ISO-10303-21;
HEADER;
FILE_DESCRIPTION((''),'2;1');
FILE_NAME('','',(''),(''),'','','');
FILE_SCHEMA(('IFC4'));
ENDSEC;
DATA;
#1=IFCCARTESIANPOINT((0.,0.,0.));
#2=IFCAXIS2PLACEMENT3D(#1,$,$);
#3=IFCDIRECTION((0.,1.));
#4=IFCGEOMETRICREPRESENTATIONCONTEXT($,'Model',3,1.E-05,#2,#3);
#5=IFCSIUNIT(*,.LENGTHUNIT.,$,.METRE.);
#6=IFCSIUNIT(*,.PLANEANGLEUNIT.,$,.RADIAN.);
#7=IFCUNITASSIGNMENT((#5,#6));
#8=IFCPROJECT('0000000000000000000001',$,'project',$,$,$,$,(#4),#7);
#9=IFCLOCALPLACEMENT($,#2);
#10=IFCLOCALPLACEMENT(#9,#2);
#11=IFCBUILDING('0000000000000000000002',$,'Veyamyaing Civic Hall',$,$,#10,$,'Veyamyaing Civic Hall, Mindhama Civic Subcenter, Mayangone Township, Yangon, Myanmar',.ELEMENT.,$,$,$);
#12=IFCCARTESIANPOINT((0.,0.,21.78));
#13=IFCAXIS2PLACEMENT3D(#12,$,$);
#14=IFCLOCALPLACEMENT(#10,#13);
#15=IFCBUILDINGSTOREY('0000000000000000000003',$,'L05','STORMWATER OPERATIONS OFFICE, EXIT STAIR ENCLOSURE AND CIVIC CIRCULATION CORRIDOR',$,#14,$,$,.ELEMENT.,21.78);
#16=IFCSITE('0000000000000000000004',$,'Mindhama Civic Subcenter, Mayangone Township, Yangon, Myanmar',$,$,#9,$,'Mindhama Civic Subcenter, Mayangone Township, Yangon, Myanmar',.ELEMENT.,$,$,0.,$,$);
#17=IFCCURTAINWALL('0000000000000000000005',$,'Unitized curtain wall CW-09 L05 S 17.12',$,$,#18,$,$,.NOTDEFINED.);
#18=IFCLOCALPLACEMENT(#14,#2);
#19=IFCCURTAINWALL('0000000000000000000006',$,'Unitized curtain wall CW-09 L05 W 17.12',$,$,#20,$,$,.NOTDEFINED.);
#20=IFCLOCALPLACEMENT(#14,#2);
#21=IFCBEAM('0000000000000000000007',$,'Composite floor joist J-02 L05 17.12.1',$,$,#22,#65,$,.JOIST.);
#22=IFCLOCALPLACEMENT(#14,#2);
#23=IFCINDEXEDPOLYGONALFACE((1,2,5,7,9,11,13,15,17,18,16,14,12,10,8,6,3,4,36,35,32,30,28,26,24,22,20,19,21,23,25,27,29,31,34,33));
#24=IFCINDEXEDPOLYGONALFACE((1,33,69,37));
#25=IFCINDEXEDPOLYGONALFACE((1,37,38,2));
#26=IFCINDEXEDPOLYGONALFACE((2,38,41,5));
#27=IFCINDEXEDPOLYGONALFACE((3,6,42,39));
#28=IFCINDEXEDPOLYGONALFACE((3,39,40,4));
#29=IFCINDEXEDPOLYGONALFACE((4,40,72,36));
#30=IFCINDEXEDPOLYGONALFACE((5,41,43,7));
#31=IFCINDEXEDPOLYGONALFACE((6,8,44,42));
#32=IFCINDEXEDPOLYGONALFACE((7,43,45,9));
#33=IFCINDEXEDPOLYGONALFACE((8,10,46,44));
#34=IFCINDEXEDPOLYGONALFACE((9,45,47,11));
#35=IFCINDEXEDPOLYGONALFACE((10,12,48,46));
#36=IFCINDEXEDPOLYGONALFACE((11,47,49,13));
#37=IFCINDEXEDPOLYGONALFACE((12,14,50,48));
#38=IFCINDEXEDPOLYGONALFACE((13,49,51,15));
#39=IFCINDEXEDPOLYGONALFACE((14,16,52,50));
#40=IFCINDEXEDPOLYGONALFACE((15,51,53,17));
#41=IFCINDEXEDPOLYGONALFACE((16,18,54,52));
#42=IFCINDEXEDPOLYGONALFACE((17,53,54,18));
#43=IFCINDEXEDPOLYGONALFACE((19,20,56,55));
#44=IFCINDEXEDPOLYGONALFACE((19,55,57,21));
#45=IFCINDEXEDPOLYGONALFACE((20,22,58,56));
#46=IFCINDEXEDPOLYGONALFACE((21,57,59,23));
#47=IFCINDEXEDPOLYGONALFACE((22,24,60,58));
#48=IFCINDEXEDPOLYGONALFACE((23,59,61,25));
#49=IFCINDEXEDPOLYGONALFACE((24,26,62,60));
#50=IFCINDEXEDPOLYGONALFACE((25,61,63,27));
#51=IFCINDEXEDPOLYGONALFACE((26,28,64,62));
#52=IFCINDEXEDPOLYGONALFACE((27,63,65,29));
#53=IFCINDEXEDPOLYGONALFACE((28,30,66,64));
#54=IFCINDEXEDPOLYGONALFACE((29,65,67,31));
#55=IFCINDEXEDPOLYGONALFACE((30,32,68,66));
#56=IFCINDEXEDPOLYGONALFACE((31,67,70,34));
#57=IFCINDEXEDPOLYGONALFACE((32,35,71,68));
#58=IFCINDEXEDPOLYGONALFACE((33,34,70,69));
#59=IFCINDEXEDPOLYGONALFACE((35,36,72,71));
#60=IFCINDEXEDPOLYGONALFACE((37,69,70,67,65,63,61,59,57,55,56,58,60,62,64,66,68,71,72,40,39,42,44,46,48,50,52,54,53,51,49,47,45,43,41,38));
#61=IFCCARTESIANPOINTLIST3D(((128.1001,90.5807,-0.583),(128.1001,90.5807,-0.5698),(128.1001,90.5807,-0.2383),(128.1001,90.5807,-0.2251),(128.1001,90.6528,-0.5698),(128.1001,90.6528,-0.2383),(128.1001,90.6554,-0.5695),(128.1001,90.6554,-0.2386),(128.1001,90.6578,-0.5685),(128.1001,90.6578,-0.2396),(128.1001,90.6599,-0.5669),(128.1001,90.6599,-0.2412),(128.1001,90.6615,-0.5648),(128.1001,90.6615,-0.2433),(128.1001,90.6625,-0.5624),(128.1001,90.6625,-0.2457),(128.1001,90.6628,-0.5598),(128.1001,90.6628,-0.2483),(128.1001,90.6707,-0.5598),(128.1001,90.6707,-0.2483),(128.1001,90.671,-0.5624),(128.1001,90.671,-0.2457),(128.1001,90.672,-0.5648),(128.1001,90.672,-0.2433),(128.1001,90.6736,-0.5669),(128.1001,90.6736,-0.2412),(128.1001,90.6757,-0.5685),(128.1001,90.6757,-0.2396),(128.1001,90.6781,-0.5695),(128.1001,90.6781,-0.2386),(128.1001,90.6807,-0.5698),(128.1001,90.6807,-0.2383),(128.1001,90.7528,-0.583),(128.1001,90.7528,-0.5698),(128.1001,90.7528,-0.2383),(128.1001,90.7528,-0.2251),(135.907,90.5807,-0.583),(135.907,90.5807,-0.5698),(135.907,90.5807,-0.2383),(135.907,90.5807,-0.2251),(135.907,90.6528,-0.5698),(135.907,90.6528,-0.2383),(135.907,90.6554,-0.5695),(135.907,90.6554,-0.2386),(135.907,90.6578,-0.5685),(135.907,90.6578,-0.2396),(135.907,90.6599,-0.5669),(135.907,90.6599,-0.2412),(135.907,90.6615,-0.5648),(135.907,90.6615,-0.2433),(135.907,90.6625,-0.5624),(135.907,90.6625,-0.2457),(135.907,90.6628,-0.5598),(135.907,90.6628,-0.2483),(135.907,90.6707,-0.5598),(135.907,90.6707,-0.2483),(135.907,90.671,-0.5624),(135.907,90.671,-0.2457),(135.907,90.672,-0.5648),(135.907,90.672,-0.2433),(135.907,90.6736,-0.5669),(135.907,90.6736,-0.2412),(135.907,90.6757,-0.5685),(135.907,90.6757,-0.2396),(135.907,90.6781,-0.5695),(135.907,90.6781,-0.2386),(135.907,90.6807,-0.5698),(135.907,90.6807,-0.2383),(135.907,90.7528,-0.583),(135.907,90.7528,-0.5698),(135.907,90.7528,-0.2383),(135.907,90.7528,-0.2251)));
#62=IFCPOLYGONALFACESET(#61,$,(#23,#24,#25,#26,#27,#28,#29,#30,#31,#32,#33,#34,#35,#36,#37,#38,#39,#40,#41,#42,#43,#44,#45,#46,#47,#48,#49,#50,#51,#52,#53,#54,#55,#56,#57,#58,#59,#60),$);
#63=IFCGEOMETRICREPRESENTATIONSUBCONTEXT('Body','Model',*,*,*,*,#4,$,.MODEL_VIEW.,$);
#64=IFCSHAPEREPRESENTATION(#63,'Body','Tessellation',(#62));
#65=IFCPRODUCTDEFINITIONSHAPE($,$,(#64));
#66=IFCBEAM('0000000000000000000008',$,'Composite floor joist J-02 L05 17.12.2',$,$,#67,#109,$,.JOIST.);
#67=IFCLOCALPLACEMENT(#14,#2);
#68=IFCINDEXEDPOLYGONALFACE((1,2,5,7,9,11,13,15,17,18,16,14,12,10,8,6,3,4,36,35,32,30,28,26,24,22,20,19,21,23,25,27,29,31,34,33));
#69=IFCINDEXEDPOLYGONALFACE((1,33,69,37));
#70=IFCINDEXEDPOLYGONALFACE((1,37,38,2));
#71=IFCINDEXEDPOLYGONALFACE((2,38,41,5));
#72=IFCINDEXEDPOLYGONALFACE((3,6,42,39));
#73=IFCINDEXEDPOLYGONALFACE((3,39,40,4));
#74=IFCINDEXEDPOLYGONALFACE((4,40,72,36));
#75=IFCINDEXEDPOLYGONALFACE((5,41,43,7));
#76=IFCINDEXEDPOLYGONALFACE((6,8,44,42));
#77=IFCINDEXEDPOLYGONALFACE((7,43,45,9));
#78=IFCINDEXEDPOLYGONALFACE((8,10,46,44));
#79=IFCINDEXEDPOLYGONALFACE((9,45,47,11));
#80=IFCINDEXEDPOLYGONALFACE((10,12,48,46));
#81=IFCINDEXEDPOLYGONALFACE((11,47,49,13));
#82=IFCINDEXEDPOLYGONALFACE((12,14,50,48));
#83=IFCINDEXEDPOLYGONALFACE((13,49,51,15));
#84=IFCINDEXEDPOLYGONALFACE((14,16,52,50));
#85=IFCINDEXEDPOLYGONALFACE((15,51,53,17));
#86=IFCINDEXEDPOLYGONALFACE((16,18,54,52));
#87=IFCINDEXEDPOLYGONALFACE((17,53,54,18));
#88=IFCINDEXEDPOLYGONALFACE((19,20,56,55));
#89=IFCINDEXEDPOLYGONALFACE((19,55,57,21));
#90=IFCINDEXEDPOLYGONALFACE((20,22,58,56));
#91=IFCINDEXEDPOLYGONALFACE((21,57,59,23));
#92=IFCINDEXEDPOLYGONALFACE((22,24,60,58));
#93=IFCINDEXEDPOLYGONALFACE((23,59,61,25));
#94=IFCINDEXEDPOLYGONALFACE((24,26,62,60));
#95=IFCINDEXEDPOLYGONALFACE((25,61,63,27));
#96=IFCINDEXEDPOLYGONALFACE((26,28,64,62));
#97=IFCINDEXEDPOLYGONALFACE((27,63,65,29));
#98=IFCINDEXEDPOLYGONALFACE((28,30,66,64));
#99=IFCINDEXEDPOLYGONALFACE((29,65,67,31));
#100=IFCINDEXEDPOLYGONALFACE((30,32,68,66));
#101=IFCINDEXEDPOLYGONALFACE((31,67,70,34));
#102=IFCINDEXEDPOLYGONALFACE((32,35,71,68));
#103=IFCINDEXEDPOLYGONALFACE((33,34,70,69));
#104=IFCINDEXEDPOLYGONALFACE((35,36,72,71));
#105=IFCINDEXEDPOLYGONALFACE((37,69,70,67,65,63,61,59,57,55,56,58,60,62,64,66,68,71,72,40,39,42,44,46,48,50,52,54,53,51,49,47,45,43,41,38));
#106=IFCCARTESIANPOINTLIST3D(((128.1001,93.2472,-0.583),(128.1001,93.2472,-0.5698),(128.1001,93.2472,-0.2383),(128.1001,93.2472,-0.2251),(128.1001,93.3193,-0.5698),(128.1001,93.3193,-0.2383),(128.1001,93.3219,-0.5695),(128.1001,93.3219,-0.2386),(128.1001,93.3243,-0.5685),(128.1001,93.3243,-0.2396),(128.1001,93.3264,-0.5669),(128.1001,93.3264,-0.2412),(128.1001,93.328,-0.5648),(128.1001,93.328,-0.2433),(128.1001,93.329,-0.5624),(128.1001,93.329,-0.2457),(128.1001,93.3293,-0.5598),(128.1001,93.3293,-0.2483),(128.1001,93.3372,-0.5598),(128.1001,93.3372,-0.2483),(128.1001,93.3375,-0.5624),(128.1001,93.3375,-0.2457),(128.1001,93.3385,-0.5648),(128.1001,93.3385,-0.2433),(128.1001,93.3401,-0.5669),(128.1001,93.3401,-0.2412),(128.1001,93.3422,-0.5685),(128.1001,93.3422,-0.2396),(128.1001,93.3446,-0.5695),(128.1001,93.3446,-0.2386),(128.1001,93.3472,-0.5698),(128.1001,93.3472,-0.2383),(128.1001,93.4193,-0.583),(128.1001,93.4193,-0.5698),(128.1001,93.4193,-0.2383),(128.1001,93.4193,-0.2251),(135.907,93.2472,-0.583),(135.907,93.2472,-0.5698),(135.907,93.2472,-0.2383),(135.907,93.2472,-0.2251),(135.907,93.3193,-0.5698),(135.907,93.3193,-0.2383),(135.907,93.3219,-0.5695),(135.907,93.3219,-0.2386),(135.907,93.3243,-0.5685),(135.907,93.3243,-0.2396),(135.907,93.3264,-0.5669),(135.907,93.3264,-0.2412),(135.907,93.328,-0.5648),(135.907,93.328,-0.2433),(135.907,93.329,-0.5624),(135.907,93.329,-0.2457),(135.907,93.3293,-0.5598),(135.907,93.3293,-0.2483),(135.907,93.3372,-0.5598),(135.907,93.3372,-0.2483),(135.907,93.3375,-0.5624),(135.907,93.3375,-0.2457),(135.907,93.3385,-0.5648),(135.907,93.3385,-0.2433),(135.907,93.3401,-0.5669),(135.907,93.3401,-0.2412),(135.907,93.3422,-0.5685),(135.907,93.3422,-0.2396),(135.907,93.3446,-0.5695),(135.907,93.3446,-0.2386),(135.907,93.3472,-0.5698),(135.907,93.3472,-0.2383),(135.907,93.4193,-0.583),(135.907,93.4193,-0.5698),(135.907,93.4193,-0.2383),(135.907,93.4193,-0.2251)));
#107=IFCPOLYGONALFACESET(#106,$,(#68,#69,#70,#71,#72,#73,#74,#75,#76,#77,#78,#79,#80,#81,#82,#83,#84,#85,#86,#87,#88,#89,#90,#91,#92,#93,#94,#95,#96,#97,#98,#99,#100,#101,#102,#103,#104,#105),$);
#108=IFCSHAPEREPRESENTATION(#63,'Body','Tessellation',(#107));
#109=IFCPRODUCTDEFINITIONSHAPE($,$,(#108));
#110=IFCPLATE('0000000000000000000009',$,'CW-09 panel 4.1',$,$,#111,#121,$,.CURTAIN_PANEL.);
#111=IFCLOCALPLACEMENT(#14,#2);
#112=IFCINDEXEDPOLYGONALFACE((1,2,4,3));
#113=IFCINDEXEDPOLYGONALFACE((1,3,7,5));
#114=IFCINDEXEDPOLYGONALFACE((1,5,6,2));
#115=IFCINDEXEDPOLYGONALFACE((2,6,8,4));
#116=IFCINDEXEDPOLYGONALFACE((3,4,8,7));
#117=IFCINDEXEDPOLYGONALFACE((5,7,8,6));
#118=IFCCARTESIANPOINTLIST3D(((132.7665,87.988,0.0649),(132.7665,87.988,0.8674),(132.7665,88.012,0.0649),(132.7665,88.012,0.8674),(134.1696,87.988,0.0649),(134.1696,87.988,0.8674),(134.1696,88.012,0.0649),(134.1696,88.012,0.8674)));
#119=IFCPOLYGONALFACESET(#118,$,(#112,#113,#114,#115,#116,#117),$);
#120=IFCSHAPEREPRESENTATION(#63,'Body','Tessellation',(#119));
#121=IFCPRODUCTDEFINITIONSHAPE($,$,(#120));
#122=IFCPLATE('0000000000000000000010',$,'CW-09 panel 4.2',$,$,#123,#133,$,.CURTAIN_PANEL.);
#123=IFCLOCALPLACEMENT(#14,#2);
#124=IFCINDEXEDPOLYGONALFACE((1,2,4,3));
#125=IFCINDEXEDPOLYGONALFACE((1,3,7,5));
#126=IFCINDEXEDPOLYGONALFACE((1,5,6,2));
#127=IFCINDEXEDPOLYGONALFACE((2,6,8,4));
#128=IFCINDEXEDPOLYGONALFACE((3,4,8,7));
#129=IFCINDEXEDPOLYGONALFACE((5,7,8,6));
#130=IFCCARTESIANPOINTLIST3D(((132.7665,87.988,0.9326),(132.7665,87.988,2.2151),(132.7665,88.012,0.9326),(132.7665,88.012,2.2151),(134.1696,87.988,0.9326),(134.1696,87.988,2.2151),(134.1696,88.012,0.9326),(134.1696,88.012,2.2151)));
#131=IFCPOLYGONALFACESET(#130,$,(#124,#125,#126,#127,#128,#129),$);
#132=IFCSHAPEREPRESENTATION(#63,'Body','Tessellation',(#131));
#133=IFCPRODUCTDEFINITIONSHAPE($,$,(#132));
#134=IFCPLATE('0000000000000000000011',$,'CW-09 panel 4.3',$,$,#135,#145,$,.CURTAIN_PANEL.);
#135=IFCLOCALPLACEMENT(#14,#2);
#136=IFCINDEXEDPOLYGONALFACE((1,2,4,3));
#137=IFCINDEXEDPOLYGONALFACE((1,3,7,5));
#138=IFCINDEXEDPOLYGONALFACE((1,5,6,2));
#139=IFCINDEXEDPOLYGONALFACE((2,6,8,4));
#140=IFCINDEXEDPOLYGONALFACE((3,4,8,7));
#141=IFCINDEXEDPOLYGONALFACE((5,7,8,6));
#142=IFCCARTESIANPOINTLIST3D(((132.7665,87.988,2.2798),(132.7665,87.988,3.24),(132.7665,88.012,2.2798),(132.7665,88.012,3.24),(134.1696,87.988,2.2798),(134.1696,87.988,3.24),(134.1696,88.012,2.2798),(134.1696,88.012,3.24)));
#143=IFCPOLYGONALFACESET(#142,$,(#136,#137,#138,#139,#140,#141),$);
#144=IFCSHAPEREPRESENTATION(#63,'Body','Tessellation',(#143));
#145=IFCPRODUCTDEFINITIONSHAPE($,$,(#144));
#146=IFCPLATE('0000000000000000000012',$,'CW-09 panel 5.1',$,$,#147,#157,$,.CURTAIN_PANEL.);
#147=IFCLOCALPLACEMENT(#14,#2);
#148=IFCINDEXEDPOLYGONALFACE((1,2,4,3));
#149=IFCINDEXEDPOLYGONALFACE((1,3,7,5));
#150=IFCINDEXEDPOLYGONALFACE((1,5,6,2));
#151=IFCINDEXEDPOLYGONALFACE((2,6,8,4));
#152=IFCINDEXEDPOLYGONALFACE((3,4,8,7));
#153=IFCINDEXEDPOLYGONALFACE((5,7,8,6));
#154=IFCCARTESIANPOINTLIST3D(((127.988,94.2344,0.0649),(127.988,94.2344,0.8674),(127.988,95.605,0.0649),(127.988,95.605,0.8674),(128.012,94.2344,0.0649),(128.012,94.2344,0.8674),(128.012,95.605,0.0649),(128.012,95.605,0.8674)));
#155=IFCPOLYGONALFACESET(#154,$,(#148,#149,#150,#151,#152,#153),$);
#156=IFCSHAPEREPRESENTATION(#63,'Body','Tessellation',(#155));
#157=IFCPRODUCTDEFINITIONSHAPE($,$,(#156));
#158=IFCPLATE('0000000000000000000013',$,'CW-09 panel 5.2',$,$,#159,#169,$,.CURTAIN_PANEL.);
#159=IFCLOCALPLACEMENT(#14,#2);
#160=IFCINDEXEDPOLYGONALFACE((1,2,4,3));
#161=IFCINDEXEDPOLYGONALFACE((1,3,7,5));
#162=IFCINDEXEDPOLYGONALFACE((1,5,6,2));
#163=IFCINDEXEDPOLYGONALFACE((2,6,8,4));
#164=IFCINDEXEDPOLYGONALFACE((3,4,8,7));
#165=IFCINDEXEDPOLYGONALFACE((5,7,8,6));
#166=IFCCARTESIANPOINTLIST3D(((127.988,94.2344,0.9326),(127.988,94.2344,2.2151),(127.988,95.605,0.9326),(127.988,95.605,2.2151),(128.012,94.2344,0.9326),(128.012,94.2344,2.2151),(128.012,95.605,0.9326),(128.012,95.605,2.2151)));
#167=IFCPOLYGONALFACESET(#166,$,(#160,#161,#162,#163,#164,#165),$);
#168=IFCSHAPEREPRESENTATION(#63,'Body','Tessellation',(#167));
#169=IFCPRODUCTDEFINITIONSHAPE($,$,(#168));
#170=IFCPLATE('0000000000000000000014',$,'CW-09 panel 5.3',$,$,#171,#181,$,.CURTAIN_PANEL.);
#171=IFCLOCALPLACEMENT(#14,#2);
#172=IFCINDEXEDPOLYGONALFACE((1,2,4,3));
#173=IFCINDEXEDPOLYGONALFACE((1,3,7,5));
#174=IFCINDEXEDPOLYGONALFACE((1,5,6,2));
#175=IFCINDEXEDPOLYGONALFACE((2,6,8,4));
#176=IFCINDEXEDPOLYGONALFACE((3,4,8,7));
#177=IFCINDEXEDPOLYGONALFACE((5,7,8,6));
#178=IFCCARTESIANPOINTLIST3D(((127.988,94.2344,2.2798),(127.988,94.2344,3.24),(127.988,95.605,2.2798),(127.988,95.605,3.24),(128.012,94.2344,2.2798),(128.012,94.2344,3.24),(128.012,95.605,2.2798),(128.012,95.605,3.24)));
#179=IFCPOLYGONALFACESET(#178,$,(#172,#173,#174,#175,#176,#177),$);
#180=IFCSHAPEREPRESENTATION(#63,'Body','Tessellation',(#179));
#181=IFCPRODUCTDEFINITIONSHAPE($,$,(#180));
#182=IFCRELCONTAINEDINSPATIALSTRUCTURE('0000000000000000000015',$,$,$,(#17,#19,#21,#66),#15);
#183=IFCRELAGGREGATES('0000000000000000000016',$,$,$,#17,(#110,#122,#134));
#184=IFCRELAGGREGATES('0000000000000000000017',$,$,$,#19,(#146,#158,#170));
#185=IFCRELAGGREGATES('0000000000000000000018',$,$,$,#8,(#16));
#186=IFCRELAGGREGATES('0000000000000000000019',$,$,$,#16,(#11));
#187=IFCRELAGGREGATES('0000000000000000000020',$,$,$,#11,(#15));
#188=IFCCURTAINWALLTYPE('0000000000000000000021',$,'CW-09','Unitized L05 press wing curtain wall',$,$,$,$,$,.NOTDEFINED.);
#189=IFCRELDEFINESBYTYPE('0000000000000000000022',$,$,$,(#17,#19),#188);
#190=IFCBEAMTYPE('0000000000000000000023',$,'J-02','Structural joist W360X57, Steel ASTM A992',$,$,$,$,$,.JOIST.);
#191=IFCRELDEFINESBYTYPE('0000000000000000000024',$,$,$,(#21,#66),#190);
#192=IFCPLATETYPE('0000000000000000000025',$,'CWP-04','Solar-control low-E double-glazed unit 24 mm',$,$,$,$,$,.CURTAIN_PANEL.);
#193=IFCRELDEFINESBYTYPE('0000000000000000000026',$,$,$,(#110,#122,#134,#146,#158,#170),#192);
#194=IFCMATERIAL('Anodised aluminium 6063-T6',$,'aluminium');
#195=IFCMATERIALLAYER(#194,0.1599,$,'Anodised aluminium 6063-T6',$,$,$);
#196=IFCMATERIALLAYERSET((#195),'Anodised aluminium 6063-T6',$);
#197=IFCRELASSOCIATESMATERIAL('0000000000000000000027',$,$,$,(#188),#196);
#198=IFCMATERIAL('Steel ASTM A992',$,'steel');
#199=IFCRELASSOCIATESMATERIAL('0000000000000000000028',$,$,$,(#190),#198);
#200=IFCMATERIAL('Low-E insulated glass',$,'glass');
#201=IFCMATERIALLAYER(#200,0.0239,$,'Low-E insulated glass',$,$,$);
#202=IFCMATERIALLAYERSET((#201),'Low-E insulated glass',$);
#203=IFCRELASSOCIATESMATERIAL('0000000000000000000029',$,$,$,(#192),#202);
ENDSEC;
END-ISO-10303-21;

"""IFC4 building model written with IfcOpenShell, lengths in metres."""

from ifc_helpers import new_model, si_unit, direction, frame, origin, origin_2d, place, context, subcontext, project, spatial, rectangle, i_section, extrude, material, layer, layer_set, material_profile, profile_set, type_object, element, aggregate, save


model = new_model("IFC4")

# Units and contexts
model_context = context("Model", 3, precision=1e-05, world=origin(), true_north=direction((0.0, 1.0)))
body_context = subcontext(model_context, "Body", "Model", "MODEL_VIEW")
ifc_project = project(units=[si_unit("LENGTHUNIT", "METRE"), si_unit("PLANEANGLEUNIT", "RADIAN")], contexts=[model_context])

# Site, building, storey
site_placement = place(None, origin())
site = spatial("IfcSite", under=ifc_project, at=site_placement, Name="Mindhama Civic Subcenter, Mayangone Township, Yangon, Myanmar", LongName="Mindhama Civic Subcenter, Mayangone Township, Yangon, Myanmar", CompositionType="ELEMENT", RefElevation=0.0)
building_placement = place(site_placement, origin())
building = spatial("IfcBuilding", under=site, at=building_placement, Name="Veyamyaing Civic Hall", LongName="Veyamyaing Civic Hall, Mindhama Civic Subcenter, Mayangone Township, Yangon, Myanmar", CompositionType="ELEMENT")
storey_placement = place(building_placement, frame((0.0, 0.0, 21.78)))
storey = spatial("IfcBuildingStorey", under=building, at=storey_placement, Name="L05", Description="STORMWATER OPERATIONS OFFICE, EXIT STAIR ENCLOSURE AND CIVIC CIRCULATION CORRIDOR", CompositionType="ELEMENT", Elevation=21.78)

# Shared definitions
ifc_material_1 = material(Name="Steel ASTM A992", Category="steel")

# Curtain walls
ifc_material_2 = material(Name="Anodised aluminium 6063-T6", Category="aluminium")
ifc_layer_1 = layer(ifc_material_2, 0.1599, Name="Anodised aluminium 6063-T6")
ifc_layer_set_1 = layer_set([ifc_layer_1], Name="Anodised aluminium 6063-T6")
curtain_wall_type = type_object("IfcCurtainWallType", Name="CW-09", Description="Unitized L05 press wing curtain wall", PredefinedType="NOTDEFINED", material=ifc_layer_set_1)
curtain_wall_1_placement = place(storey_placement, origin())
curtain_wall_1 = element("IfcCurtainWall", 1, at=curtain_wall_1_placement, inside=storey, type_object=curtain_wall_type, Name="Unitized curtain wall CW-09 L05 S 17.12", PredefinedType="NOTDEFINED")
curtain_wall_2_placement = place(storey_placement, origin())
curtain_wall_2 = element("IfcCurtainWall", 2, at=curtain_wall_2_placement, inside=storey, type_object=curtain_wall_type, Name="Unitized curtain wall CW-09 L05 W 17.12", PredefinedType="NOTDEFINED")

# Beams
ifc_material_profile_1 = material_profile(ifc_material_1, i_section(OverallWidth=0.1721, OverallDepth=0.3579, WebThickness=0.0078, FlangeThickness=0.0132, FilletRadius=0.01, at=origin_2d()), Name="W360X57")
ifc_profile_set_1 = profile_set([ifc_material_profile_1], Name="Steel ASTM A992")
beam_type_1 = type_object("IfcBeamType", Name="J-02", Description="Structural joist W360X57, Steel ASTM A992", PredefinedType="JOIST", material=ifc_profile_set_1)
for number, where, z_axis, x_axis, name in (
    (3, (128.1001, 90.6667, -0.4041), (1.0, 0.0, 0.0), (0.0, 1.0, 0.0), "Composite floor joist J-02 L05 17.12.1"),
    (4, (128.1001, 93.3333, -0.4041), (1.0, 0.0, 0.0), (0.0, 1.0, 0.0), "Composite floor joist J-02 L05 17.12.2"),
):
    element("IfcBeam", number, at=place(storey_placement, frame(where, z_axis=z_axis, x_axis=x_axis)), inside=storey, type_object=beam_type_1, Name=name, PredefinedType="JOIST", context=body_context, shape_type="SweptSolid", body=[
        extrude(i_section(OverallWidth=0.1721, OverallDepth=0.3579, WebThickness=0.0078, FlangeThickness=0.0132, FilletRadius=0.01, at=origin_2d()), origin(), (0.0, 0.0, 1.0), 7.8069),
    ])

# Plates
ifc_material_3 = material(Name="Low-E insulated glass", Category="glass")
ifc_layer_2 = layer(ifc_material_3, 0.0239, Name="Low-E insulated glass")
ifc_layer_set_2 = layer_set([ifc_layer_2], Name="Low-E insulated glass")
plate_type = type_object("IfcPlateType", Name="CWP-04", Description="Solar-control low-E double-glazed unit 24 mm", PredefinedType="CURTAIN_PANEL", material=ifc_layer_set_2)
plate_1_placement = place(storey_placement, frame((133.468, 88.0, 0.0649), z_axis=(0.0, 0.0, 1.0), x_axis=(1.0, 0.0, 0.0)))
plate_1 = element("IfcPlate", 5, at=plate_1_placement, type_object=plate_type, Name="CW-09 panel 4.1", PredefinedType="CURTAIN_PANEL", context=body_context, shape_type="SweptSolid", body=[
    extrude(rectangle(XDim=1.4031, YDim=0.0239, at=origin_2d()), origin(), (0.0, 0.0, 1.0), 0.8025),
])
plate_2_placement = place(storey_placement, frame((133.468, 88.0, 0.9326), z_axis=(0.0, 0.0, 1.0), x_axis=(1.0, 0.0, 0.0)))
plate_2 = element("IfcPlate", 6, at=plate_2_placement, type_object=plate_type, Name="CW-09 panel 4.2", PredefinedType="CURTAIN_PANEL", context=body_context, shape_type="SweptSolid", body=[
    extrude(rectangle(XDim=1.4031, YDim=0.0239, at=origin_2d()), origin(), (0.0, 0.0, 1.0), 1.2825),
])
plate_3_placement = place(storey_placement, frame((133.468, 88.0, 2.2798), z_axis=(0.0, 0.0, 1.0), x_axis=(1.0, 0.0, 0.0)))
plate_3 = element("IfcPlate", 7, at=plate_3_placement, type_object=plate_type, Name="CW-09 panel 4.3", PredefinedType="CURTAIN_PANEL", context=body_context, shape_type="SweptSolid", body=[
    extrude(rectangle(XDim=1.4031, YDim=0.0239, at=origin_2d()), origin(), (0.0, 0.0, 1.0), 0.9602),
])
aggregate(curtain_wall_1, [plate_1, plate_2, plate_3])
plate_4_placement = place(storey_placement, frame((128.0, 94.9197, 0.0649), z_axis=(0.0, 0.0, 1.0), x_axis=(0.0, 1.0, 0.0)))
plate_4 = element("IfcPlate", 8, at=plate_4_placement, type_object=plate_type, Name="CW-09 panel 5.1", PredefinedType="CURTAIN_PANEL", context=body_context, shape_type="SweptSolid", body=[
    extrude(rectangle(XDim=1.3706, YDim=0.0239, at=origin_2d()), origin(), (0.0, 0.0, 1.0), 0.8025),
])
plate_5_placement = place(storey_placement, frame((128.0, 94.9197, 0.9326), z_axis=(0.0, 0.0, 1.0), x_axis=(0.0, 1.0, 0.0)))
plate_5 = element("IfcPlate", 9, at=plate_5_placement, type_object=plate_type, Name="CW-09 panel 5.2", PredefinedType="CURTAIN_PANEL", context=body_context, shape_type="SweptSolid", body=[
    extrude(rectangle(XDim=1.3706, YDim=0.0239, at=origin_2d()), origin(), (0.0, 0.0, 1.0), 1.2825),
])
plate_6_placement = place(storey_placement, frame((128.0, 94.9197, 2.2798), z_axis=(0.0, 0.0, 1.0), x_axis=(0.0, 1.0, 0.0)))
plate_6 = element("IfcPlate", 10, at=plate_6_placement, type_object=plate_type, Name="CW-09 panel 5.3", PredefinedType="CURTAIN_PANEL", context=body_context, shape_type="SweptSolid", body=[
    extrude(rectangle(XDim=1.3706, YDim=0.0239, at=origin_2d()), origin(), (0.0, 0.0, 1.0), 0.9602),
])
aggregate(curtain_wall_2, [plate_4, plate_5, plate_6])

save(model, "model.ifc")
